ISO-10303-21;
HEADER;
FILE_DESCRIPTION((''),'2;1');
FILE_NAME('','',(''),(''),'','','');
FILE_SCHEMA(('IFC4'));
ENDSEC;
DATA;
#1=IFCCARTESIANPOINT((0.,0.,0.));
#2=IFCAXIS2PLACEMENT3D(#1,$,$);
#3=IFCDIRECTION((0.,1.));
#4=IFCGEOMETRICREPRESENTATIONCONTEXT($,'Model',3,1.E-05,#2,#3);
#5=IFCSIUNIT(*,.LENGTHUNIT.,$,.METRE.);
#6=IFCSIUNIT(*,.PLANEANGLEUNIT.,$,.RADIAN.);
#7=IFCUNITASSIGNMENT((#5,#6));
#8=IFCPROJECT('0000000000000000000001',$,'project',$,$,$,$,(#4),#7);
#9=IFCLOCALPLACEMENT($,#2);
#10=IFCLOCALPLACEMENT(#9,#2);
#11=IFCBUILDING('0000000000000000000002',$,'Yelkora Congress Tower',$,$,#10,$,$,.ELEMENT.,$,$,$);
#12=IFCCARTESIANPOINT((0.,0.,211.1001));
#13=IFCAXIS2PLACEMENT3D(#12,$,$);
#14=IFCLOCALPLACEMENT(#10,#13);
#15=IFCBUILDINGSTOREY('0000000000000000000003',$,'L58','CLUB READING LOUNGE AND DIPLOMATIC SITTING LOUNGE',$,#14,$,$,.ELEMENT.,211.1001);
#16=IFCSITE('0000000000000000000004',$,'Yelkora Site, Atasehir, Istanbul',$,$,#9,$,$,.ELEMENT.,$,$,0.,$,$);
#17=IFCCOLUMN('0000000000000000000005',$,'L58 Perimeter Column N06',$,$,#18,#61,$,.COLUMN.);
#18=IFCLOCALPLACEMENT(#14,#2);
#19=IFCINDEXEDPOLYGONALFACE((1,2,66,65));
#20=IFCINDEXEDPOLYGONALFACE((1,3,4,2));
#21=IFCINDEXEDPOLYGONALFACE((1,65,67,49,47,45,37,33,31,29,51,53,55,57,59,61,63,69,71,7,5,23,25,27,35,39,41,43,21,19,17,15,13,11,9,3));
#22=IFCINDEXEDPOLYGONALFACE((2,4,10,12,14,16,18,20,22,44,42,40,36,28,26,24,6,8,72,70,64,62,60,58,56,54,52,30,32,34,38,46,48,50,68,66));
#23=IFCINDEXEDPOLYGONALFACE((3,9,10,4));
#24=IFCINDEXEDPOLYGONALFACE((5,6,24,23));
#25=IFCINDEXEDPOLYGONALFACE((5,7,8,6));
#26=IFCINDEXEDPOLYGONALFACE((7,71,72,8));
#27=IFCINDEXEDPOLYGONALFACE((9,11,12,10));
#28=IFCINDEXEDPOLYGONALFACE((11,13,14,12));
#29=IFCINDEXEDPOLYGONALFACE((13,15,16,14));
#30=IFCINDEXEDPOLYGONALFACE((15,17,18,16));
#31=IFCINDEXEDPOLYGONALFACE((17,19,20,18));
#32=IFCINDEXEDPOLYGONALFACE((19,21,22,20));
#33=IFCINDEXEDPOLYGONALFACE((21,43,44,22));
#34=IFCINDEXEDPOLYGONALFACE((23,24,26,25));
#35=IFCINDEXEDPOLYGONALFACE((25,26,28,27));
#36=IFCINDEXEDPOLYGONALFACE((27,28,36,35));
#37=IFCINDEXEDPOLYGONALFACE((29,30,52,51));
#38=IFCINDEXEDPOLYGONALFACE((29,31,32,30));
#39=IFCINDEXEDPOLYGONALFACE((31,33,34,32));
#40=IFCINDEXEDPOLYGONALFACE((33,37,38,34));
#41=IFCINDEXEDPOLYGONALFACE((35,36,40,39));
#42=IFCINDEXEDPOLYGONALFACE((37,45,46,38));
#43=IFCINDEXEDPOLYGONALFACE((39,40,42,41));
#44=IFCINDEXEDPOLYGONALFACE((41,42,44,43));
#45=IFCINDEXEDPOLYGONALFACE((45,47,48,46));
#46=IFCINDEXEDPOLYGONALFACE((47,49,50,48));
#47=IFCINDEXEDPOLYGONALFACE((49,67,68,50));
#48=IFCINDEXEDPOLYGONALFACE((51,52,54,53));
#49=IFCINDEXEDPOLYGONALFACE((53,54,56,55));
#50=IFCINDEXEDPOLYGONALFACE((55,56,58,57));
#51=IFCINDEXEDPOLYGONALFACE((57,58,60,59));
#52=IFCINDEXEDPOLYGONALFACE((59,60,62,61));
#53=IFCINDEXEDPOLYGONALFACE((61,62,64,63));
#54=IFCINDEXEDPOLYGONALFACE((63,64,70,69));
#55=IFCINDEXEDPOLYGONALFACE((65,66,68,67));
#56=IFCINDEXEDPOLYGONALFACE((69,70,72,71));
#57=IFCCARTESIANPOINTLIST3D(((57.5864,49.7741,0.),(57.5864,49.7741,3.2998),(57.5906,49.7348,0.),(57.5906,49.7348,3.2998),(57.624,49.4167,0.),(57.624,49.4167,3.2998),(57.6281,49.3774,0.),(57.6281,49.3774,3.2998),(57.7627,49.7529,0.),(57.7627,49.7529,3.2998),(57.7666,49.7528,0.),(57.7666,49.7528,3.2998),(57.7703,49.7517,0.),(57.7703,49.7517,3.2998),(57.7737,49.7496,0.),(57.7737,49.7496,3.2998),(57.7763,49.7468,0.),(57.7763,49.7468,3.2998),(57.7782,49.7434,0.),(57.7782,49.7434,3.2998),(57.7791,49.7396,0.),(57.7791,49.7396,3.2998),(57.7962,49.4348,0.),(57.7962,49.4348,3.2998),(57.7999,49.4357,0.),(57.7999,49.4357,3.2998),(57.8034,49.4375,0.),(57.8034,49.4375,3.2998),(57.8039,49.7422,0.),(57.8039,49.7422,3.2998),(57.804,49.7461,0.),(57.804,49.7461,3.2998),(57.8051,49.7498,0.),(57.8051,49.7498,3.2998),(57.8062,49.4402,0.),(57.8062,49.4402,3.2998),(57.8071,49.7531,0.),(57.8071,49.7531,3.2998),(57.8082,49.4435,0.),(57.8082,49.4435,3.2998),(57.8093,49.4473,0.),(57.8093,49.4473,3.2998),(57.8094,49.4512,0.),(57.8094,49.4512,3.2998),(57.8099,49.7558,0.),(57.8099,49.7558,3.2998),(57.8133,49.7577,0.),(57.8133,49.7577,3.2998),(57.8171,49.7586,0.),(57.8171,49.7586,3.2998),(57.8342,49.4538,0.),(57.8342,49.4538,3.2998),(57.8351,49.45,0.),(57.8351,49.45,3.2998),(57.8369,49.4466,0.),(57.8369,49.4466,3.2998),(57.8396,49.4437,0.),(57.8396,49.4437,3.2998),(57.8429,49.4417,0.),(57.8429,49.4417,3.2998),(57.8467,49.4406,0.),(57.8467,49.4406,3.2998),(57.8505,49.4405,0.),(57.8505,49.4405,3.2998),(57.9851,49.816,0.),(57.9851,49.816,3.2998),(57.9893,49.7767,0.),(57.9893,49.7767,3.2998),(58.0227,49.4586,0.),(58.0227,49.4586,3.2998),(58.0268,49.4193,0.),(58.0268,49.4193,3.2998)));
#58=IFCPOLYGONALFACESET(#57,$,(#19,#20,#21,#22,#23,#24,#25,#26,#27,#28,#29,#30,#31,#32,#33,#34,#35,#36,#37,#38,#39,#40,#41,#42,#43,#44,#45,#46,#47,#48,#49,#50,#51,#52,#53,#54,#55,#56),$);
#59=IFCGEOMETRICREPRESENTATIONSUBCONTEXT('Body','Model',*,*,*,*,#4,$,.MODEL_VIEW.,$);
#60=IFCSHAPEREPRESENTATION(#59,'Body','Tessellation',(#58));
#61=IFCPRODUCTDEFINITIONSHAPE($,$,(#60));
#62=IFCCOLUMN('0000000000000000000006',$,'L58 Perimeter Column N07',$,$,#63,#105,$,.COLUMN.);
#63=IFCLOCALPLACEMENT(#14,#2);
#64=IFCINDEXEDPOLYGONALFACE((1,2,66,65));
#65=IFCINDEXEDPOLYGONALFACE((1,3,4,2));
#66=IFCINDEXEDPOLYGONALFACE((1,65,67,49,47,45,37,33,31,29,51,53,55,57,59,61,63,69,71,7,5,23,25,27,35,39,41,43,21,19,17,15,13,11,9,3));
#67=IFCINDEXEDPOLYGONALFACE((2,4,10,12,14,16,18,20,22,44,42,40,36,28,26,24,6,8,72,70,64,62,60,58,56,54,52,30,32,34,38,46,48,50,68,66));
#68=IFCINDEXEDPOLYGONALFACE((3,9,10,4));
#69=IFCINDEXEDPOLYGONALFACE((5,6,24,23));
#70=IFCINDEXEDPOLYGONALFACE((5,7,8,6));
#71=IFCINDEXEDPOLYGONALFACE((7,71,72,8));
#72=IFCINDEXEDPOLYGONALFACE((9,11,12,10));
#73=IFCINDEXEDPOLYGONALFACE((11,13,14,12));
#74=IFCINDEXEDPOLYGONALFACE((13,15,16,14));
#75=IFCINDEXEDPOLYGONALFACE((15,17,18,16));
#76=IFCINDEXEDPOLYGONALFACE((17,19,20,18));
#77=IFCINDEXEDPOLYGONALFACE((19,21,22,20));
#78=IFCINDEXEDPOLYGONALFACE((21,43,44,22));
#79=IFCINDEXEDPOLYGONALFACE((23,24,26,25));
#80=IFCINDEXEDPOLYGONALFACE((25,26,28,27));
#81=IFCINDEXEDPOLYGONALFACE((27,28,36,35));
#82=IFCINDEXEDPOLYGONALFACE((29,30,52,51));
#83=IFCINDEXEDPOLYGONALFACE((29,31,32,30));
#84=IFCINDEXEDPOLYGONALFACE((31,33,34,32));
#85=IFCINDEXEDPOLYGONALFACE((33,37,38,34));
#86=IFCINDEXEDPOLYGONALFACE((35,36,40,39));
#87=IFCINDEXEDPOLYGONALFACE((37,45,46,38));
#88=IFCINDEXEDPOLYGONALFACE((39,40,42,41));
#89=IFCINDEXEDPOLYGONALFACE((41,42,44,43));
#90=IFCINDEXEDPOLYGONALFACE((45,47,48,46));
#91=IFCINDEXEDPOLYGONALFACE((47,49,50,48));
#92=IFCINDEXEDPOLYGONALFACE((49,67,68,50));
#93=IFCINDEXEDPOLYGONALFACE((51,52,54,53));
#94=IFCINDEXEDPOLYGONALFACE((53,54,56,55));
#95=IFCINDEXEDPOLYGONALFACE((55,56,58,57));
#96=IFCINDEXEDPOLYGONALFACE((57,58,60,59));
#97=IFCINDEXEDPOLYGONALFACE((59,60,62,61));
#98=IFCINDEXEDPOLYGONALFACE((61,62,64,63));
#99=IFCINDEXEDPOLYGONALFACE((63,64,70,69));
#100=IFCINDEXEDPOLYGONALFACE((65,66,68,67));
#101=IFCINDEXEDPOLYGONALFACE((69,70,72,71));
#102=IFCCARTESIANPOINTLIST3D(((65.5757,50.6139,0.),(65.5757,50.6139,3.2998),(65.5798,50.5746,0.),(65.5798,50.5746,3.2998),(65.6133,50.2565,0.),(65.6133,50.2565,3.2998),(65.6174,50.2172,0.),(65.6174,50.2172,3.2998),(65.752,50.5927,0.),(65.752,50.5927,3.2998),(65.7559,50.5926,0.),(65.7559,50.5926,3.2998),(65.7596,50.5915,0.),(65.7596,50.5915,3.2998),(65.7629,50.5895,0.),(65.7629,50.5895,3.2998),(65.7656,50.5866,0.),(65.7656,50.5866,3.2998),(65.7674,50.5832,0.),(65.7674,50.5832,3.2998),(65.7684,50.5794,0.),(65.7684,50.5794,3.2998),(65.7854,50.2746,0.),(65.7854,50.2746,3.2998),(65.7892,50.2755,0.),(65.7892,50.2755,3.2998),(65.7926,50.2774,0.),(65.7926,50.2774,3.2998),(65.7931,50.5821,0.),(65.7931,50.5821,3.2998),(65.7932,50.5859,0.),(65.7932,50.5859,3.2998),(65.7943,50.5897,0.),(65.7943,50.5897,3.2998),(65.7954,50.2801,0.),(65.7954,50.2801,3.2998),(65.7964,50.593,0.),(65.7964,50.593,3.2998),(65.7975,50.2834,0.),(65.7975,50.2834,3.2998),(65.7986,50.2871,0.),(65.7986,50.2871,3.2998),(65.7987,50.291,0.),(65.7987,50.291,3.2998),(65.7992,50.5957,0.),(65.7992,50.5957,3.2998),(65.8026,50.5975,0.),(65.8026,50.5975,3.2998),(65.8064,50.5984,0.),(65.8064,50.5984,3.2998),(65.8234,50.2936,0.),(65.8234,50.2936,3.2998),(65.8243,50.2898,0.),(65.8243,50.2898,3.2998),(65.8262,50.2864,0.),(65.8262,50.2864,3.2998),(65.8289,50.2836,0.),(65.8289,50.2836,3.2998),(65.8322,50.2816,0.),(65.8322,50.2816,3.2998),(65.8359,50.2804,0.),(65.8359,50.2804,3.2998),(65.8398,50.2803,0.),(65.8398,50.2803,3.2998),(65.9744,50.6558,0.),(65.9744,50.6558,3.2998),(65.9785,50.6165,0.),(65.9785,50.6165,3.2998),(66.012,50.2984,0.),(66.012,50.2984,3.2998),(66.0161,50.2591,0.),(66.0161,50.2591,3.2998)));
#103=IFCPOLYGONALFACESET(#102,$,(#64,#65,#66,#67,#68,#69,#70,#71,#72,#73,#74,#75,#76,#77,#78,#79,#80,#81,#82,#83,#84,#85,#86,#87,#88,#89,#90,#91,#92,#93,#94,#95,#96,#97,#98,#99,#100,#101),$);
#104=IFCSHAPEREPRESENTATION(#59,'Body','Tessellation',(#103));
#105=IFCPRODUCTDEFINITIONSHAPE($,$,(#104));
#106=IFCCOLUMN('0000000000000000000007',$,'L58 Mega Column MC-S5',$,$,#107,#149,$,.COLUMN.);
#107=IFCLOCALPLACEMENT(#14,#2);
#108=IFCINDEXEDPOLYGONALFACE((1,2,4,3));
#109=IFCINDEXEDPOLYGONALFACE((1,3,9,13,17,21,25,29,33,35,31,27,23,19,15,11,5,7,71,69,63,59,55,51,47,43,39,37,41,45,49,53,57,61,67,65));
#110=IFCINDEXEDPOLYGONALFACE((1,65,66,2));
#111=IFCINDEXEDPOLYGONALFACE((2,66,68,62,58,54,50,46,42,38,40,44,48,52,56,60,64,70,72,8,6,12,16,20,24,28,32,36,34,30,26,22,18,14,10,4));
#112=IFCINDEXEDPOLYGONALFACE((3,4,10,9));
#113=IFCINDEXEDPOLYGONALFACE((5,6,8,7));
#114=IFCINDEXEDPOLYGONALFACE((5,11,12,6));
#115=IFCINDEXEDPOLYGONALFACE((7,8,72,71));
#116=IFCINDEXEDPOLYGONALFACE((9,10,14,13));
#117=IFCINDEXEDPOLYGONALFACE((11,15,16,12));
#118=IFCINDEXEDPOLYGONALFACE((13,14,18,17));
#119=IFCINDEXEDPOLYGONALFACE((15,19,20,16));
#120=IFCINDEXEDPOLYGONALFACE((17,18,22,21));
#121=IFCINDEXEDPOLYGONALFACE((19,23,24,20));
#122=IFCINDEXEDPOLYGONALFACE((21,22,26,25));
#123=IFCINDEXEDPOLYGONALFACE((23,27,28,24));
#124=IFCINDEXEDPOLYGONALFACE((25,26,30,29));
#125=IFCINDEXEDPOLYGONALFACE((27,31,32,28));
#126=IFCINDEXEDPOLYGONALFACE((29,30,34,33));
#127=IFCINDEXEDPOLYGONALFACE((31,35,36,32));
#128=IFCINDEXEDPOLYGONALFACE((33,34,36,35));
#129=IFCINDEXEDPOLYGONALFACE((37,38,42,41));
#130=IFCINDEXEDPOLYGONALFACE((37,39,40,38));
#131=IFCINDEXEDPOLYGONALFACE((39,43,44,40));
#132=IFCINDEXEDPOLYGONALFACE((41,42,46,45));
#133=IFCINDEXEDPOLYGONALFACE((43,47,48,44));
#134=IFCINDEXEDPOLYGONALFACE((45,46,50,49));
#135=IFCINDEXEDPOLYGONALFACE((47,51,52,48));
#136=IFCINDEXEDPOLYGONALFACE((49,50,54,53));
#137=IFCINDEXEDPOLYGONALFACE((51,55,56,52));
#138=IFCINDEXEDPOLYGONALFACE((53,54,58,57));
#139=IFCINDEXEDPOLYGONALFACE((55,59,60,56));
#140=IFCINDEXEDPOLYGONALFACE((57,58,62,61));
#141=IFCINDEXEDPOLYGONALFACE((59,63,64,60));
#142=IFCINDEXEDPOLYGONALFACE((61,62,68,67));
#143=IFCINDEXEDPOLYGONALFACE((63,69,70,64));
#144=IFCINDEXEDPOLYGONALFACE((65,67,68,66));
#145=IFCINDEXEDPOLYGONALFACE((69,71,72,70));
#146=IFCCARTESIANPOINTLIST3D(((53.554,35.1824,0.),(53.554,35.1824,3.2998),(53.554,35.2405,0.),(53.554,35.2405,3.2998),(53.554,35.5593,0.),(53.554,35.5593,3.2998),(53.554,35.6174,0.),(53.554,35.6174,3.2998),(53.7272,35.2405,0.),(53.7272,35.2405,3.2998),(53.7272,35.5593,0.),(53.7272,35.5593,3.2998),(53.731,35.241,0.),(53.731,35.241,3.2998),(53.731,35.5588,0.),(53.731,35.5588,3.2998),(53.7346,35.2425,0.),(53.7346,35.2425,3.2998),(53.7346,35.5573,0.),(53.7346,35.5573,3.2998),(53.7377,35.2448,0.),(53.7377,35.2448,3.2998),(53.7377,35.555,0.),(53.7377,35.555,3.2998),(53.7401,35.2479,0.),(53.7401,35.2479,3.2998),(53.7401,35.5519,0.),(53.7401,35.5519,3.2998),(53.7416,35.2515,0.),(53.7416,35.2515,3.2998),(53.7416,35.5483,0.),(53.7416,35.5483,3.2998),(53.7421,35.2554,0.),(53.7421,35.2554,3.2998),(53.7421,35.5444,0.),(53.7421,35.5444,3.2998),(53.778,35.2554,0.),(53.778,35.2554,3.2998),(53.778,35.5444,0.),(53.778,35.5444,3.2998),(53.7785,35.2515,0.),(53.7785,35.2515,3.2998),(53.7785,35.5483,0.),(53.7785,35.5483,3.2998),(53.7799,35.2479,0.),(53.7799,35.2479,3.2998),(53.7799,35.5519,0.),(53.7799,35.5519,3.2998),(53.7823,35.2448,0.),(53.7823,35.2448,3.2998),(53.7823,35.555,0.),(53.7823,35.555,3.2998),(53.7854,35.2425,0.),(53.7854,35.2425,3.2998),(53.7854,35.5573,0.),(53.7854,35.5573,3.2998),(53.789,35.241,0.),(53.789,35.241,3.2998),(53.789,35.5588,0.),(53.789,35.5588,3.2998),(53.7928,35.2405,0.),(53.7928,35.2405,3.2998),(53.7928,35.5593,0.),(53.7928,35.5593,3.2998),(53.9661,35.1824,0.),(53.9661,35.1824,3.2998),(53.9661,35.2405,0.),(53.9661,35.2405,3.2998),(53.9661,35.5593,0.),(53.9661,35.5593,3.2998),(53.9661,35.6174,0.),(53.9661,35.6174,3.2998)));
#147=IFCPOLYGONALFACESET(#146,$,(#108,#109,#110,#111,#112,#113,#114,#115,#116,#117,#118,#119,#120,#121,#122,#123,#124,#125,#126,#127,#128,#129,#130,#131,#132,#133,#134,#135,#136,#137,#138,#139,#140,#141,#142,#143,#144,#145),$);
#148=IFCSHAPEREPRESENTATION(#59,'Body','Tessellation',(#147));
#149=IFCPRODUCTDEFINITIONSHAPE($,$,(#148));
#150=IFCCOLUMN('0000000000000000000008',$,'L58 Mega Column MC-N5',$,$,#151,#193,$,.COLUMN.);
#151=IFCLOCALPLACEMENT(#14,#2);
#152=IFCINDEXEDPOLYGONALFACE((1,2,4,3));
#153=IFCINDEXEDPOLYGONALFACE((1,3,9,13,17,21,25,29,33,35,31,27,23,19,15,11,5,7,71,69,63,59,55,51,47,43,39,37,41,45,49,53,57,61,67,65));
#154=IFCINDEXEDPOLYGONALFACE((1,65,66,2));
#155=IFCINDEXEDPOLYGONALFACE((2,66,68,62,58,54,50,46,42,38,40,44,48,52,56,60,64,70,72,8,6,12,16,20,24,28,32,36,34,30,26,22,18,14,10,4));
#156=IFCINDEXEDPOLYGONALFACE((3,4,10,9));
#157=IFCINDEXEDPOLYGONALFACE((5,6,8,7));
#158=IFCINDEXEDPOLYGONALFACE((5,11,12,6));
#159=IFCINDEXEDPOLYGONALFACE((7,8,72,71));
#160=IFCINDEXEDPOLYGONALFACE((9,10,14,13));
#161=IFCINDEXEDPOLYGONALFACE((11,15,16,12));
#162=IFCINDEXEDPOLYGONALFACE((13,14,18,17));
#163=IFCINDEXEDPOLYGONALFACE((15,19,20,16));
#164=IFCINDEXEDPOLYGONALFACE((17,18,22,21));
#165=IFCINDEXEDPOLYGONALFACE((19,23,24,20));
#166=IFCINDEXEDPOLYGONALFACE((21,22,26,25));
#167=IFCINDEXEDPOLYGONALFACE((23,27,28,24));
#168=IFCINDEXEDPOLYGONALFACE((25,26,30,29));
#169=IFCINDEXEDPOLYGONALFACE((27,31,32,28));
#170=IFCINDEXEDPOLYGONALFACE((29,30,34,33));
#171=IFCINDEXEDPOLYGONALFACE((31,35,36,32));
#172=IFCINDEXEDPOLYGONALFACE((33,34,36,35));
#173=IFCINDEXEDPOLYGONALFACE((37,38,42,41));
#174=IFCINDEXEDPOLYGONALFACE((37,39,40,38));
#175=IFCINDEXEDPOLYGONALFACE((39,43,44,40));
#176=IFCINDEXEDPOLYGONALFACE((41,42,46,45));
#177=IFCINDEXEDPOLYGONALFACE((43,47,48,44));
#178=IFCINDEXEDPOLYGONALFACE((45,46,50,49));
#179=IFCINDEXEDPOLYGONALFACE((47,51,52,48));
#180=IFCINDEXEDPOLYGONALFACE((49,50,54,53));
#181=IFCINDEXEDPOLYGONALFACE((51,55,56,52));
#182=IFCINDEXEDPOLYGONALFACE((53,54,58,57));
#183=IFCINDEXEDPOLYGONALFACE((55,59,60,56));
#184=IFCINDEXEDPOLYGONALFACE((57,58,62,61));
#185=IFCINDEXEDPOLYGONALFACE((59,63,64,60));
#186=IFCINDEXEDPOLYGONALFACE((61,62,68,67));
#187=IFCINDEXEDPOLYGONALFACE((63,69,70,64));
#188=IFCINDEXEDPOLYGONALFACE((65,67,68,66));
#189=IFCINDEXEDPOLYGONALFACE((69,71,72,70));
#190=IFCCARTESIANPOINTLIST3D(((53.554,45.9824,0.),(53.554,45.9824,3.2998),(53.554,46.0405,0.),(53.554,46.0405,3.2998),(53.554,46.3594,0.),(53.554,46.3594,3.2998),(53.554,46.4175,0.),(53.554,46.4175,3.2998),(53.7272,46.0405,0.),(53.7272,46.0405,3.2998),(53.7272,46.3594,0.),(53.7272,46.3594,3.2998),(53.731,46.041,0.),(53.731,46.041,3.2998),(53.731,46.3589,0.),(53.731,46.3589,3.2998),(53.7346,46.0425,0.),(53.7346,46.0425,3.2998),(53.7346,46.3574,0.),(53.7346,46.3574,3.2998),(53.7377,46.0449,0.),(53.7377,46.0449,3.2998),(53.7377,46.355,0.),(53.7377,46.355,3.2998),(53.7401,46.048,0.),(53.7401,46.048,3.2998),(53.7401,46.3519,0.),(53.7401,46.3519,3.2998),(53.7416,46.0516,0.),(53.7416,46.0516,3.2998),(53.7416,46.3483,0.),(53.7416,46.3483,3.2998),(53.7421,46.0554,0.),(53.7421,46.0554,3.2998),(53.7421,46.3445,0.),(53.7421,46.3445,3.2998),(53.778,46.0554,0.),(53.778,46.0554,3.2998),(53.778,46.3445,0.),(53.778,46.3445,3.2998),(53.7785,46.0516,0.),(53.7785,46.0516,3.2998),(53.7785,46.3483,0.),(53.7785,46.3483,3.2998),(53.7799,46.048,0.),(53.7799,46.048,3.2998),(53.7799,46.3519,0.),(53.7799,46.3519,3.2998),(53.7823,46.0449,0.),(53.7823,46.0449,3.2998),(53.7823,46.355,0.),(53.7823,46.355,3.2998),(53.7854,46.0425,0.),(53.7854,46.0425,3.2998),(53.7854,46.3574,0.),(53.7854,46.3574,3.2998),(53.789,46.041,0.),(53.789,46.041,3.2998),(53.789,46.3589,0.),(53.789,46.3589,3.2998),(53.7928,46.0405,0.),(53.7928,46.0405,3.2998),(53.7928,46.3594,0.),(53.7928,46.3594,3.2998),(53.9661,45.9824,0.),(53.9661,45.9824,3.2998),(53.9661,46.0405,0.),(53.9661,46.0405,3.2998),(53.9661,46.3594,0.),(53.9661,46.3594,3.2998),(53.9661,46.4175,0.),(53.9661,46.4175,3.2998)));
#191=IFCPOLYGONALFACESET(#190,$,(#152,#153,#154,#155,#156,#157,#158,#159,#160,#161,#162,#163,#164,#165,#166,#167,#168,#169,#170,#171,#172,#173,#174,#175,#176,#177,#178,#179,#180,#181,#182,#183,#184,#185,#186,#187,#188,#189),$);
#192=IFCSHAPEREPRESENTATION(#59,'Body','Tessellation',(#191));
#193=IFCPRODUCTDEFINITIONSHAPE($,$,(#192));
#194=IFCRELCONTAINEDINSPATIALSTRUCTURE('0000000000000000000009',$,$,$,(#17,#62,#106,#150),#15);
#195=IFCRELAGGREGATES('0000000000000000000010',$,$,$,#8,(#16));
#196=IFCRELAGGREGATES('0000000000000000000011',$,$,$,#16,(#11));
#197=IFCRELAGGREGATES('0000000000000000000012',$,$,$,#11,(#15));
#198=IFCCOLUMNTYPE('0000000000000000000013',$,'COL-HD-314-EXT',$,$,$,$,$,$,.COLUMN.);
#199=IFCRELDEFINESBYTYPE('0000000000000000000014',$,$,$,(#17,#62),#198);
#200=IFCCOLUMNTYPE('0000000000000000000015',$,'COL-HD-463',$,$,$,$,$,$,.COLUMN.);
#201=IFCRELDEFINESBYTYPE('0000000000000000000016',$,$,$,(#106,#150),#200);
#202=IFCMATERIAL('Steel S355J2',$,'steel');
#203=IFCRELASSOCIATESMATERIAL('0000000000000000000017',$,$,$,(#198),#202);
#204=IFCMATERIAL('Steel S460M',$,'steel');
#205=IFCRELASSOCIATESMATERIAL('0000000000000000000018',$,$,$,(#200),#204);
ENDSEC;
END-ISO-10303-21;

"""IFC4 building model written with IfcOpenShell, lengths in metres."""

from ifc_helpers import new_model, si_unit, direction, frame, origin, origin_2d, place, context, subcontext, project, spatial, i_section, extrude, material, material_profile, profile_set, type_object, element, save


model = new_model("IFC4")

# Units and contexts
model_context = context("Model", 3, precision=1e-05, world=origin(), true_north=direction((0.0, 1.0)))
body_context = subcontext(model_context, "Body", "Model", "MODEL_VIEW")
ifc_project = project(units=[si_unit("LENGTHUNIT", "METRE"), si_unit("PLANEANGLEUNIT", "RADIAN")], contexts=[model_context])

# Site, building, storey
site_placement = place(None, origin())
site = spatial("IfcSite", under=ifc_project, at=site_placement, Name="Yelkora Site, Atasehir, Istanbul", CompositionType="ELEMENT", RefElevation=0.0)
building_placement = place(site_placement, origin())
building = spatial("IfcBuilding", under=site, at=building_placement, Name="Yelkora Congress Tower", CompositionType="ELEMENT")
storey_placement = place(building_placement, frame((0.0, 0.0, 211.1001)))
storey = spatial("IfcBuildingStorey", under=building, at=storey_placement, Name="L58", Description="CLUB READING LOUNGE AND DIPLOMATIC SITTING LOUNGE", CompositionType="ELEMENT", Elevation=211.1001)

# Columns
ifc_material_1 = material(Name="Steel S355J2", Category="steel")
ifc_material_profile_1 = material_profile(ifc_material_1, i_section(OverallWidth=0.4009, OverallDepth=0.3989, WebThickness=0.0249, FlangeThickness=0.0396, FilletRadius=0.0149, at=origin_2d()), Name="HD 400x314")
ifc_profile_set_1 = profile_set([ifc_material_profile_1], Name="Steel S355J2")
column_type_1 = type_object("IfcColumnType", Name="COL-HD-314-EXT", PredefinedType="COLUMN", material=ifc_profile_set_1)
for number, where, z_axis, x_axis, name in (
    (1, (57.8066, 49.5967, 0.0), (0.0, 0.0, 1.0), (0.994522, 0.104528, 0.0), "L58 Perimeter Column N06"),
    (2, (65.7959, 50.4365, 0.0), (0.0, 0.0, 1.0), (0.994522, 0.104528, 0.0), "L58 Perimeter Column N07"),
):
    element("IfcColumn", number, at=place(storey_placement, frame(where, z_axis=z_axis, x_axis=x_axis)), inside=storey, type_object=column_type_1, Name=name, PredefinedType="COLUMN", context=body_context, shape_type="SweptSolid", body=[
        extrude(i_section(OverallWidth=0.4009, OverallDepth=0.3989, WebThickness=0.0249, FlangeThickness=0.0396, FilletRadius=0.0149, at=origin_2d()), origin(), (0.0, 0.0, 1.0), 3.2998),
    ])
ifc_material_2 = material(Name="Steel S460M", Category="steel")
ifc_material_profile_2 = material_profile(ifc_material_2, i_section(OverallWidth=0.4121, OverallDepth=0.4351, WebThickness=0.0359, FlangeThickness=0.0581, FilletRadius=0.0149, at=origin_2d()), Name="HD 400x463")
ifc_profile_set_2 = profile_set([ifc_material_profile_2], Name="Steel S460M")
column_type_2 = type_object("IfcColumnType", Name="COL-HD-463", PredefinedType="COLUMN", material=ifc_profile_set_2)
for number, where, z_axis, x_axis, name in (
    (3, (53.76, 35.3999, 0.0), (0.0, 0.0, 1.0), (1.0, 0.0, 0.0), "L58 Mega Column MC-S5"),
    (4, (53.76, 46.2, 0.0), (0.0, 0.0, 1.0), (1.0, 0.0, 0.0), "L58 Mega Column MC-N5"),
):
    element("IfcColumn", number, at=place(storey_placement, frame(where, z_axis=z_axis, x_axis=x_axis)), inside=storey, type_object=column_type_2, Name=name, PredefinedType="COLUMN", context=body_context, shape_type="SweptSolid", body=[
        extrude(i_section(OverallWidth=0.4121, OverallDepth=0.4351, WebThickness=0.0359, FlangeThickness=0.0581, FilletRadius=0.0149, at=origin_2d()), origin(), (0.0, 0.0, 1.0), 3.2998),
    ])

save(model, "model.ifc")
